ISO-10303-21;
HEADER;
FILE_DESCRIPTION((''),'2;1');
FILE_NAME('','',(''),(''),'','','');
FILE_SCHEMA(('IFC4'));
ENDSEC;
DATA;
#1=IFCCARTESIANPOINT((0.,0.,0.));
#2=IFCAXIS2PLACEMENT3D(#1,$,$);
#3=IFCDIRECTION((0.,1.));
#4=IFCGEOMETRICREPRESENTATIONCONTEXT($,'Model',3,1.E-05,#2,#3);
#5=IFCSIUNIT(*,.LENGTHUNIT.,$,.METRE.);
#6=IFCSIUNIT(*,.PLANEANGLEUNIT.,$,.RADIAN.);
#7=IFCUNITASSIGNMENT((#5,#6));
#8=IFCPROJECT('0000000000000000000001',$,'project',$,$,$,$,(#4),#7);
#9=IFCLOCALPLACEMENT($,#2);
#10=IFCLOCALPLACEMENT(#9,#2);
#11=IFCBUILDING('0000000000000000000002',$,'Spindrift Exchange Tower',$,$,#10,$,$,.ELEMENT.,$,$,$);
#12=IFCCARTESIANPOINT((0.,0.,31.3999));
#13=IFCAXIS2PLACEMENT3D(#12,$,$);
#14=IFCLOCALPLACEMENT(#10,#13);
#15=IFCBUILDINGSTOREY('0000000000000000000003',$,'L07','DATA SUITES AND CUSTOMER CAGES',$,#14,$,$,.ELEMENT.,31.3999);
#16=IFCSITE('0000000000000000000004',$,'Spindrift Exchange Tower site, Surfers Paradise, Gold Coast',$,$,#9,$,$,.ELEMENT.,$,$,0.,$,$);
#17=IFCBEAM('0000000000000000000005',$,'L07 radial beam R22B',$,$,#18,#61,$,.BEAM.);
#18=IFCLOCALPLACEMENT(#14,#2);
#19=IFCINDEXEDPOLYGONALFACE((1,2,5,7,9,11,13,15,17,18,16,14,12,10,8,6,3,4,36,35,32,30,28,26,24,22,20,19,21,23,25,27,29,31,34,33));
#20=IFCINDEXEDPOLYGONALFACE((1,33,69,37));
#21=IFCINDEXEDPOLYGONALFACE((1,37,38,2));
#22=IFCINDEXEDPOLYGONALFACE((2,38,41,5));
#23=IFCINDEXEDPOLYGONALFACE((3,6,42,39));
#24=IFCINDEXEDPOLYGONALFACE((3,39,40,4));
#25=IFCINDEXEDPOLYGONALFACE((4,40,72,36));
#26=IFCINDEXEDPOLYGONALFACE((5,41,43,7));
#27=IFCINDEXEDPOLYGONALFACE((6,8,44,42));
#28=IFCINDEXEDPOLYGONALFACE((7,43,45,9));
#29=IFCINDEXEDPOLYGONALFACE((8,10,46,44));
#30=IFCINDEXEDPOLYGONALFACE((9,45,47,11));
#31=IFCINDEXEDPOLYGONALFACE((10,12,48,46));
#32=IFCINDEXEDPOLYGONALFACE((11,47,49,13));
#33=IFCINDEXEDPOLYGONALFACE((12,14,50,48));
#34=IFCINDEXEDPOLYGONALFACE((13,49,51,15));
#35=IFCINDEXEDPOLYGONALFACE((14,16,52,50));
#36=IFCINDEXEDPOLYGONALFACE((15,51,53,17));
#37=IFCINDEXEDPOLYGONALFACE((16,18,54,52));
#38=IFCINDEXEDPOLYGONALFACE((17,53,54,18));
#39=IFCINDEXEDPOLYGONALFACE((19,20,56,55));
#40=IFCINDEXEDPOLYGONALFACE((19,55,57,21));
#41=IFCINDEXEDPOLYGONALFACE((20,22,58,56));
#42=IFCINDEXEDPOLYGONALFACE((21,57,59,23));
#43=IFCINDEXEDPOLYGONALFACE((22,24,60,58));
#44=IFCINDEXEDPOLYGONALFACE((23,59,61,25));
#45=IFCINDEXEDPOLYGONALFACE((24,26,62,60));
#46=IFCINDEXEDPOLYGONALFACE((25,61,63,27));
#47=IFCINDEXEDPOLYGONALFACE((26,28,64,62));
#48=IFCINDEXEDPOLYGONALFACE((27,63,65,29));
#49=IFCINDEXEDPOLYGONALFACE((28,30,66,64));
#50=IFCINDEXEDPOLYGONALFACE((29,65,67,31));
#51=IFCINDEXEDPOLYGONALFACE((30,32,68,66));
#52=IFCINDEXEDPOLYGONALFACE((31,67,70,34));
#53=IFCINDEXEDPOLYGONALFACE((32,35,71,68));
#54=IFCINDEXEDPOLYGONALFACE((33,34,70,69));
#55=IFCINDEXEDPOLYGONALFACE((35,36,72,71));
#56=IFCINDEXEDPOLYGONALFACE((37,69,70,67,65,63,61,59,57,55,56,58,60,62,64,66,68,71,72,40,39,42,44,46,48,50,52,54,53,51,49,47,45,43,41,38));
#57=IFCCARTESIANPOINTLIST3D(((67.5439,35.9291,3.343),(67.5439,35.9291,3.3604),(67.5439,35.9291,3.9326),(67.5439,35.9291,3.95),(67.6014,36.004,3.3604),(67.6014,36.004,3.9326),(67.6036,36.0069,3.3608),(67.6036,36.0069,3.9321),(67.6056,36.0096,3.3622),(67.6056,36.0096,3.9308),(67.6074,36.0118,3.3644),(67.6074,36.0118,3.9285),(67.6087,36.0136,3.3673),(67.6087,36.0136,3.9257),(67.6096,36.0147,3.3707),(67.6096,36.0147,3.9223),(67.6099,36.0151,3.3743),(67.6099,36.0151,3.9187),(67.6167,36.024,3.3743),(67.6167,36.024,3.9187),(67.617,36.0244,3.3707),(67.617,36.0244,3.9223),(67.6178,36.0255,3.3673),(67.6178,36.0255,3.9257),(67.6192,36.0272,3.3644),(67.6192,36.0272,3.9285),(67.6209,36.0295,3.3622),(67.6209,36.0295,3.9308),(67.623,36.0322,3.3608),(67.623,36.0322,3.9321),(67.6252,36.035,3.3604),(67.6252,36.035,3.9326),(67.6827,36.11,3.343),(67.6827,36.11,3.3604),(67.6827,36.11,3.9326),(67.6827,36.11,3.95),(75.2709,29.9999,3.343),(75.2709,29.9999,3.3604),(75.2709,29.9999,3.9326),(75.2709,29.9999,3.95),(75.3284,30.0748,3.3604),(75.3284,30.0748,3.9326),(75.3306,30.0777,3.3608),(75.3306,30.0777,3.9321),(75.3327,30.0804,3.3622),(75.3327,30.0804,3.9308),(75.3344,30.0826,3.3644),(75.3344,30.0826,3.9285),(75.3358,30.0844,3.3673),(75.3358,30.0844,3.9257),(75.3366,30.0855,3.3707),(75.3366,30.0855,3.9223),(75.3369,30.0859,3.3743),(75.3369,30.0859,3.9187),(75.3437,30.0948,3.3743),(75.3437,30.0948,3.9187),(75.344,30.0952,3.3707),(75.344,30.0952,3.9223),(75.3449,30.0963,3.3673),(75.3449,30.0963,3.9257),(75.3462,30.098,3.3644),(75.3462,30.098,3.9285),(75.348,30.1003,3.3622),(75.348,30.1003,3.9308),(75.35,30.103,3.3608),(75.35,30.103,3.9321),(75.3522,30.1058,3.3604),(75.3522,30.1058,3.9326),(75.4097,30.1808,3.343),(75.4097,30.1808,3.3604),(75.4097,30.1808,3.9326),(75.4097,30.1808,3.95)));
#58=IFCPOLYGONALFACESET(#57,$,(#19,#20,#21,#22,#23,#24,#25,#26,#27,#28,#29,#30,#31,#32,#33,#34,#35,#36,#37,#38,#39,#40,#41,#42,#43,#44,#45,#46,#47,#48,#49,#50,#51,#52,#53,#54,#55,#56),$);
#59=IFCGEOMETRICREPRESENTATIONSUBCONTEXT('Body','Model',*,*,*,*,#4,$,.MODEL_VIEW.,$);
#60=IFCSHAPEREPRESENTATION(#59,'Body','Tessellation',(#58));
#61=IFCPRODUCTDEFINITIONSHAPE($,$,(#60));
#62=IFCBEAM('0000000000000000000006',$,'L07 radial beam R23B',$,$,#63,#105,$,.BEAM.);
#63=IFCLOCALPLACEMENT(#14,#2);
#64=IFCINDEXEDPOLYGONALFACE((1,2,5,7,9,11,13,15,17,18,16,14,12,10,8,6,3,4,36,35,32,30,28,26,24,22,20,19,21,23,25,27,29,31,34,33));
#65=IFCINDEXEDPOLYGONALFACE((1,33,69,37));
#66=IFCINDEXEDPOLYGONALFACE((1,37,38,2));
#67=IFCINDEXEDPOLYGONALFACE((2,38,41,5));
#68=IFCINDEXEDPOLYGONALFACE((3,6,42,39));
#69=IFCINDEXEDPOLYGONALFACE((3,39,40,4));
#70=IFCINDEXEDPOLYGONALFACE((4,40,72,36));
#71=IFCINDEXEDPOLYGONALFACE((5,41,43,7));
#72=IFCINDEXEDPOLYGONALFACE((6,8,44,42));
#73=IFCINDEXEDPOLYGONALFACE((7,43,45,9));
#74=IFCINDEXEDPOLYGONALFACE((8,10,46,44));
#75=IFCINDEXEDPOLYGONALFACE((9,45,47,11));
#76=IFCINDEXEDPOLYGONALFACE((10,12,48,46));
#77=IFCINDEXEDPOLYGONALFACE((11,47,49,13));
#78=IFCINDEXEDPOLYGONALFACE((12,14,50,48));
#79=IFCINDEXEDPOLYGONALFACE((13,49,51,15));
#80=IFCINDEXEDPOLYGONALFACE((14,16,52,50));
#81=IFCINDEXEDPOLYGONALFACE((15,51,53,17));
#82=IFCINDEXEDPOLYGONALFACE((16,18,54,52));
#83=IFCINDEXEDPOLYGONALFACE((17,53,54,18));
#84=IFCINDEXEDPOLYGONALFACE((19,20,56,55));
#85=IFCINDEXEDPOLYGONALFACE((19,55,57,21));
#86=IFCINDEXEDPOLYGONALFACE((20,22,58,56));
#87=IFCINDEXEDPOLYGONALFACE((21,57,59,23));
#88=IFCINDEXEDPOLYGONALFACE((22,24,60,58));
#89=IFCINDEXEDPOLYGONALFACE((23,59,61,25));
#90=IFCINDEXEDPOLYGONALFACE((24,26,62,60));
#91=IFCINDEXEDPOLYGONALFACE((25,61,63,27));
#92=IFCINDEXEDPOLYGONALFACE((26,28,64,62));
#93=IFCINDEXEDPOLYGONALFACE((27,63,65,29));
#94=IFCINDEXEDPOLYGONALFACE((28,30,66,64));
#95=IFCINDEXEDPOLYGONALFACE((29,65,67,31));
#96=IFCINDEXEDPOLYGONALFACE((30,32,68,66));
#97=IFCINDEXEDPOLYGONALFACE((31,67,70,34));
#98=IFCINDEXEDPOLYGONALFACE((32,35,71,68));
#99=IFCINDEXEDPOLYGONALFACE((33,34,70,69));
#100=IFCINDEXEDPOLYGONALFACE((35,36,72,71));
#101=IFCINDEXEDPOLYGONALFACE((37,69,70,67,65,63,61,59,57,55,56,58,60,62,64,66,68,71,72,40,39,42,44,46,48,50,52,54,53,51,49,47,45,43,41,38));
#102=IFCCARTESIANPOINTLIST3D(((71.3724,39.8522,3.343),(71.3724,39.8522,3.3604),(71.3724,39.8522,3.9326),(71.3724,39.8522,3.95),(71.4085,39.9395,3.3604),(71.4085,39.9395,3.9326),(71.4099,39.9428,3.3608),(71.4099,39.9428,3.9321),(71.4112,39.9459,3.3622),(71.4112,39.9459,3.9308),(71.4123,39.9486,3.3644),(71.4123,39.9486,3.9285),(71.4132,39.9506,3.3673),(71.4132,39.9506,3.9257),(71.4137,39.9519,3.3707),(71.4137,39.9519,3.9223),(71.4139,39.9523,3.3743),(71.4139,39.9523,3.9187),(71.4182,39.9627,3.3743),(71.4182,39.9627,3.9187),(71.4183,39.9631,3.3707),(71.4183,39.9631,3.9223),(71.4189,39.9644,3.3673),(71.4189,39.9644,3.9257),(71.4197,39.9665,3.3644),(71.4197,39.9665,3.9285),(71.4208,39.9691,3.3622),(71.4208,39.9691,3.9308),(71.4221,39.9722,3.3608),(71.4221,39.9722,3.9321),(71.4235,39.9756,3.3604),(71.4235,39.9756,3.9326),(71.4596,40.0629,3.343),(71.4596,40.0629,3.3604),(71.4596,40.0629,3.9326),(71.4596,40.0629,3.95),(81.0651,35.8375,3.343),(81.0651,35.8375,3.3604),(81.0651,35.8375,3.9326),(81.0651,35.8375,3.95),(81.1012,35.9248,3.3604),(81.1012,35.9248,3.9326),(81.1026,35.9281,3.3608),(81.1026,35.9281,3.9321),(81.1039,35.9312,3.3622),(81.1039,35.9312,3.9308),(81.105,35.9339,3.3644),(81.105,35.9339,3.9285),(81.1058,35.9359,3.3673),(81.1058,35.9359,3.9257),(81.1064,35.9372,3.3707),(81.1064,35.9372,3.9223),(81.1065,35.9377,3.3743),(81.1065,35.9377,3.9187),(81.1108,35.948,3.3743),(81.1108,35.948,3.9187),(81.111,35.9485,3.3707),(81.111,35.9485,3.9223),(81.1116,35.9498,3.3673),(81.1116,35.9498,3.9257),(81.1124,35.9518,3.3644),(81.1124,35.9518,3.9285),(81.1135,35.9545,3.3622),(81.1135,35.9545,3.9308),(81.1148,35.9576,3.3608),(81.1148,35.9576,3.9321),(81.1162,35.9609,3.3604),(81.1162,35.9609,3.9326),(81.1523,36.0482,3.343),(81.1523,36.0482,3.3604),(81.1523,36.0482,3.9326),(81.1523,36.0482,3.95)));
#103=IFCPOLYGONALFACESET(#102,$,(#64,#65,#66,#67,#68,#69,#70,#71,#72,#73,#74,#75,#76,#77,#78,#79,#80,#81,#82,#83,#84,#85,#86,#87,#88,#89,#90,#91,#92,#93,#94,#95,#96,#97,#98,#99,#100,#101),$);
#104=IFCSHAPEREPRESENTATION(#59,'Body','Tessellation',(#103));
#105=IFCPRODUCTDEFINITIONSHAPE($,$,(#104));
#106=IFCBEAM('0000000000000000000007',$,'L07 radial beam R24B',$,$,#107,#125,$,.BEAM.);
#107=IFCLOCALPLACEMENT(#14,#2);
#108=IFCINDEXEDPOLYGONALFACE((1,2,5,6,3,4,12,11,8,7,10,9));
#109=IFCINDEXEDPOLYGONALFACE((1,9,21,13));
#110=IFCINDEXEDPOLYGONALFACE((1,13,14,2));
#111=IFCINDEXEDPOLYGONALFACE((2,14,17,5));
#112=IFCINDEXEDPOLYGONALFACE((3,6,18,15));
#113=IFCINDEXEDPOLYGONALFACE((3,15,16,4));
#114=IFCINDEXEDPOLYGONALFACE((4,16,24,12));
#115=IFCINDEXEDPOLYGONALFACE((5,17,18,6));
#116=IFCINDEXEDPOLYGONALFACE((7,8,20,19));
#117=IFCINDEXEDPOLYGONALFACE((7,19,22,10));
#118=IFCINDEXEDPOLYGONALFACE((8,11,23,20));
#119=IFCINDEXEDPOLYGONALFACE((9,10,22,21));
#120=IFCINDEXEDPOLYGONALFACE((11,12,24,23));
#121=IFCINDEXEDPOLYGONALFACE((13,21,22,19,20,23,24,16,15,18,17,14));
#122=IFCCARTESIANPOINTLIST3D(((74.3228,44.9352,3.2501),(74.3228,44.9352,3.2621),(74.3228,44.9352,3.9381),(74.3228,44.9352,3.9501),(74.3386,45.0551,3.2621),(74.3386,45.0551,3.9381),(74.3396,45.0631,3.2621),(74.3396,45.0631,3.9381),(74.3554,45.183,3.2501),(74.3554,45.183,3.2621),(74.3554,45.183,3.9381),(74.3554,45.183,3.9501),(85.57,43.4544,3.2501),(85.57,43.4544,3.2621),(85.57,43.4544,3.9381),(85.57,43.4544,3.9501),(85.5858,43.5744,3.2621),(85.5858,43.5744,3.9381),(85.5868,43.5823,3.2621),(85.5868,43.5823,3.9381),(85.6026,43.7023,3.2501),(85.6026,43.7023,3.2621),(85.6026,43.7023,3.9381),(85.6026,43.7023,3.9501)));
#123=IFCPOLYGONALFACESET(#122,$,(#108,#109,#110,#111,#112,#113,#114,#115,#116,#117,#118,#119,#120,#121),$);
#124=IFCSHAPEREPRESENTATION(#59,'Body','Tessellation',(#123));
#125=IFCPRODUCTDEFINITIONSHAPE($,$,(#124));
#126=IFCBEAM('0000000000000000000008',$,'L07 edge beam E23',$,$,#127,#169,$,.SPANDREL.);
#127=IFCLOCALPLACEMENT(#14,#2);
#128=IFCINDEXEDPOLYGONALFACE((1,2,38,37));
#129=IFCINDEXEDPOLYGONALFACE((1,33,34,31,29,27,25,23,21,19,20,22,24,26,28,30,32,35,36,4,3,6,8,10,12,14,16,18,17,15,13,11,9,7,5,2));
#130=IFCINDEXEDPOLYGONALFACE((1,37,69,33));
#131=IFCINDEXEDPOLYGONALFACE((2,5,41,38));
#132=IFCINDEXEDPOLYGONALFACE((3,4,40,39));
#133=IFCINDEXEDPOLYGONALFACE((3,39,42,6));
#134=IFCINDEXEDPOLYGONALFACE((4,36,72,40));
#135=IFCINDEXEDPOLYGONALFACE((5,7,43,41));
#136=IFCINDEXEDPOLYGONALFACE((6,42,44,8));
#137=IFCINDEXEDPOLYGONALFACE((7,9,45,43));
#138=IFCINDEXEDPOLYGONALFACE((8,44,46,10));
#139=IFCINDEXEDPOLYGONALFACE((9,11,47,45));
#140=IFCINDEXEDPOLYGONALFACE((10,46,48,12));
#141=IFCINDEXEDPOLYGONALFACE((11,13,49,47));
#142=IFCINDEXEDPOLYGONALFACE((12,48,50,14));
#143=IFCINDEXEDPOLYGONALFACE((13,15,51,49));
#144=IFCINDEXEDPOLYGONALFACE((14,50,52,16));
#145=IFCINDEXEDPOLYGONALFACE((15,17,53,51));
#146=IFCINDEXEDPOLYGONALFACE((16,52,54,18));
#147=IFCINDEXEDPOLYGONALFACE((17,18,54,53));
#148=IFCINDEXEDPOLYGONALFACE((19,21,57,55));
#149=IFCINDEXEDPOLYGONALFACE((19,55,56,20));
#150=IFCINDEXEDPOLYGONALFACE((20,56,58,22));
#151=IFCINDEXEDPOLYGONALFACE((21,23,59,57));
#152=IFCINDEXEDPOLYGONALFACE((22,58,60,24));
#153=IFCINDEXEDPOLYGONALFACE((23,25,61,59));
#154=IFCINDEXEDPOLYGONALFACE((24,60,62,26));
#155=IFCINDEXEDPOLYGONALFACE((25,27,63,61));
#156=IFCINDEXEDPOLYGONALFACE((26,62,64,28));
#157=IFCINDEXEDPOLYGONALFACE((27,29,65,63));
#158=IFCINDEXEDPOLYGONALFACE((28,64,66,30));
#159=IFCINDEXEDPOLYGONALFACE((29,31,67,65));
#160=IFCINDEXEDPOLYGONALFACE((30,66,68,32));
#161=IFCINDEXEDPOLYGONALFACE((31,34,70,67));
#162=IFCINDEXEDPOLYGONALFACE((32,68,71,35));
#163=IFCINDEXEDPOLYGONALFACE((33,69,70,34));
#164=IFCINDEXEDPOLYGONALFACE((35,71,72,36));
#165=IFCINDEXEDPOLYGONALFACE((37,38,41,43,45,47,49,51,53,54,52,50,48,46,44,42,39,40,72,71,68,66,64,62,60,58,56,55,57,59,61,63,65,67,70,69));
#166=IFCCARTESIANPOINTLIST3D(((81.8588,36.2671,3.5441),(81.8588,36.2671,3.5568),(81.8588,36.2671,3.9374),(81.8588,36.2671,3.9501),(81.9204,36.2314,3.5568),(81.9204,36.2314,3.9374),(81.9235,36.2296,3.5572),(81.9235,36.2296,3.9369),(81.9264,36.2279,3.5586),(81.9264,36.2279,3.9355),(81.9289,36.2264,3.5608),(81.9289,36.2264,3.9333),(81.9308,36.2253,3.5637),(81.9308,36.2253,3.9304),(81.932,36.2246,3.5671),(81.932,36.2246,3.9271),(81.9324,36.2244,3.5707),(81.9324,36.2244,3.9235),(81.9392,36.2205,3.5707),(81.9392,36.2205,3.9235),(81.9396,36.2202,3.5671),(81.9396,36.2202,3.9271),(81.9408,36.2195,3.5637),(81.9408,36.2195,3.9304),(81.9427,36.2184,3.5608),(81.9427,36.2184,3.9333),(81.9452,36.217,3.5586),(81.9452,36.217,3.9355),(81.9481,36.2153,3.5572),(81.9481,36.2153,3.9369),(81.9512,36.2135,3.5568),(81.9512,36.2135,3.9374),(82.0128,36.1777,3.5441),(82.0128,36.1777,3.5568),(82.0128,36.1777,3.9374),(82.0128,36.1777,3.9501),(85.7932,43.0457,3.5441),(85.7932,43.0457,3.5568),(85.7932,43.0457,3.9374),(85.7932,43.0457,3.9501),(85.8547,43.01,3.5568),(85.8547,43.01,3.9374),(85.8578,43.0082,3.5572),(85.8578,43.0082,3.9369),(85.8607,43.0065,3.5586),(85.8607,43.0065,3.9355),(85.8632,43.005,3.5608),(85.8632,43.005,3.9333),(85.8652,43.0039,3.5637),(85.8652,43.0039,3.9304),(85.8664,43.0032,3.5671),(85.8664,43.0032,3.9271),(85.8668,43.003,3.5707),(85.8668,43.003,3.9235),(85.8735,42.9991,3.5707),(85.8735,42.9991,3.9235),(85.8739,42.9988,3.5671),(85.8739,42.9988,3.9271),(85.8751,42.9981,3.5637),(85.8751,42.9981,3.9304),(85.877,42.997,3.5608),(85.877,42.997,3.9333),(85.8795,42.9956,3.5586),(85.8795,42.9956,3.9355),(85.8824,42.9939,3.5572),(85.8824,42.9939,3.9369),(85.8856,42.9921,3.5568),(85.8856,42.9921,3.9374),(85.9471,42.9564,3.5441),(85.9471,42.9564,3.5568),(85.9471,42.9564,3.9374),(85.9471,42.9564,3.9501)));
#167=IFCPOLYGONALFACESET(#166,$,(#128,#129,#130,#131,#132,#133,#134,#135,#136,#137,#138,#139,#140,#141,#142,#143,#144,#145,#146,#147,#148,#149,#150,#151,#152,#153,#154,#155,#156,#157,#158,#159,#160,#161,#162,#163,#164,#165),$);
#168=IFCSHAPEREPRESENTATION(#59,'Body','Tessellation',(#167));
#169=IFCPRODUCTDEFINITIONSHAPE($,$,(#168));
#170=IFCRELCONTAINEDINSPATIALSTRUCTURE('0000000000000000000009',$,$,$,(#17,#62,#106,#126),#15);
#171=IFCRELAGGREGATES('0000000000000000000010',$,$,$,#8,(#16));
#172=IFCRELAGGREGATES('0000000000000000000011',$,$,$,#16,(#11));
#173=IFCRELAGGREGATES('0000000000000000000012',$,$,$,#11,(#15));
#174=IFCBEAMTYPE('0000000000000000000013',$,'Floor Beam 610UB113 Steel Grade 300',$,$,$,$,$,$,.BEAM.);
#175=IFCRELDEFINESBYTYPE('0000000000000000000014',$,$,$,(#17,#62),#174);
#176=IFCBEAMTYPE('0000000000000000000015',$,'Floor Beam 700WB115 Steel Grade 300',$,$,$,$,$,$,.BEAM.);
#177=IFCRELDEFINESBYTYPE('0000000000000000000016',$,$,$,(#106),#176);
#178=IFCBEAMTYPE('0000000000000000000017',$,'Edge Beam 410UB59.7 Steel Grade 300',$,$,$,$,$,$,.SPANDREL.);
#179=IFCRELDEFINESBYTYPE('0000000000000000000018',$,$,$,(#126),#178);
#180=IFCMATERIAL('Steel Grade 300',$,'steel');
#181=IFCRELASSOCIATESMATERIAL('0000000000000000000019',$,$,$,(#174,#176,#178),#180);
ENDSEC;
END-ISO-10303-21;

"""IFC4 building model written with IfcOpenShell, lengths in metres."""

from ifc_helpers import new_model, si_unit, direction, frame, origin, origin_2d, place, context, subcontext, project, spatial, i_section, extrude, source, transform, mapped, material, material_profile, profile_set, type_object, element, save


model = new_model("IFC4")

# Units and contexts
model_context = context("Model", 3, precision=1e-05, world=origin(), true_north=direction((0.0, 1.0)))
body_context = subcontext(model_context, "Body", "Model", "MODEL_VIEW")
ifc_project = project(units=[si_unit("LENGTHUNIT", "METRE"), si_unit("PLANEANGLEUNIT", "RADIAN")], contexts=[model_context])

# Site, building, storey
site_placement = place(None, origin())
site = spatial("IfcSite", under=ifc_project, at=site_placement, Name="Spindrift Exchange Tower site, Surfers Paradise, Gold Coast", CompositionType="ELEMENT", RefElevation=0.0)
building_placement = place(site_placement, origin())
building = spatial("IfcBuilding", under=site, at=building_placement, Name="Spindrift Exchange Tower", CompositionType="ELEMENT")
storey_placement = place(building_placement, frame((0.0, 0.0, 31.3999)))
storey = spatial("IfcBuildingStorey", under=building, at=storey_placement, Name="L07", Description="DATA SUITES AND CUSTOMER CAGES", CompositionType="ELEMENT", Elevation=31.3999)

# Beams
ifc_material_1 = material(Name="Steel Grade 300", Category="steel")
ifc_material_profile_1 = material_profile(ifc_material_1, i_section(OverallWidth=0.228, OverallDepth=0.6069, WebThickness=0.0112, FlangeThickness=0.0173, FilletRadius=0.0139, at=origin_2d()), Name="610UB113")
ifc_profile_set_1 = profile_set([ifc_material_profile_1], Name="Steel Grade 300")
beam_type_1 = type_object("IfcBeamType", Name="Floor Beam 610UB113 Steel Grade 300", PredefinedType="BEAM", material=ifc_profile_set_1)
shared_shape_1 = source(origin(), body_context, "Body", "SweptSolid", [
    extrude(i_section(OverallWidth=0.228, OverallDepth=0.6069, WebThickness=0.0112, FlangeThickness=0.0173, FilletRadius=0.0139, at=origin_2d()), origin(), (0.0, 0.0, 1.0), 9.7397),
])
beam_1_placement = place(storey_placement, frame((67.6133, 36.0195, 3.6465), z_axis=(0.793352, -0.608763, 0.0), x_axis=(0.608763, 0.793352, 0.0)))
element("IfcBeam", 1, at=beam_1_placement, inside=storey, type_object=beam_type_1, Name="L07 radial beam R22B", PredefinedType="BEAM", context=body_context, shape_type="MappedRepresentation", body=[
    mapped(shared_shape_1, transform((0.0, 0.0, 0.0), scale=1.0)),
])
shared_shape_2 = source(origin(), body_context, "Body", "SweptSolid", [
    extrude(i_section(OverallWidth=0.228, OverallDepth=0.6069, WebThickness=0.0112, FlangeThickness=0.0173, FilletRadius=0.0139, at=origin_2d()), origin(), (0.0, 0.0, 1.0), 10.4912),
])
beam_2_placement = place(storey_placement, frame((71.416, 39.9575, 3.6465), z_axis=(0.923885, -0.38267, 0.0), x_axis=(0.38267, 0.923885, 0.0)))
element("IfcBeam", 2, at=beam_2_placement, inside=storey, type_object=beam_type_1, Name="L07 radial beam R23B", PredefinedType="BEAM", context=body_context, shape_type="MappedRepresentation", body=[
    mapped(shared_shape_2, transform((0.0, 0.0, 0.0), scale=1.0)),
])
ifc_material_profile_2 = material_profile(ifc_material_1, i_section(OverallWidth=0.25, OverallDepth=0.7, WebThickness=0.0081, FlangeThickness=0.012, at=origin_2d()), Name="700WB115")
ifc_profile_set_2 = profile_set([ifc_material_profile_2], Name="Steel Grade 300")
beam_type_2 = type_object("IfcBeamType", Name="Floor Beam 700WB115 Steel Grade 300", PredefinedType="BEAM", material=ifc_profile_set_2)
shared_shape_3 = source(origin(), body_context, "Body", "SweptSolid", [
    extrude(i_section(OverallWidth=0.25, OverallDepth=0.7, WebThickness=0.0081, FlangeThickness=0.012, at=origin_2d()), origin(), (0.0, 0.0, 1.0), 11.3442),
])
beam_3_placement = place(storey_placement, frame((74.3391, 45.0591, 3.6001), z_axis=(0.991445, -0.130527, 0.0), x_axis=(0.130527, 0.991445, 0.0)))
element("IfcBeam", 3, at=beam_3_placement, inside=storey, type_object=beam_type_2, Name="L07 radial beam R24B", PredefinedType="BEAM", context=body_context, shape_type="MappedRepresentation", body=[
    mapped(shared_shape_3, transform((0.0, 0.0, 0.0), scale=1.0)),
])
ifc_material_profile_3 = material_profile(ifc_material_1, i_section(OverallWidth=0.178, OverallDepth=0.406, WebThickness=0.0078, FlangeThickness=0.0127, FilletRadius=0.0139, at=origin_2d()), Name="410UB59.7")
ifc_profile_set_3 = profile_set([ifc_material_profile_3], Name="Steel Grade 300")
beam_type_3 = type_object("IfcBeamType", Name="Edge Beam 410UB59.7 Steel Grade 300", PredefinedType="SPANDREL", material=ifc_profile_set_3)
shared_shape_4 = source(origin(), body_context, "Body", "SweptSolid", [
    extrude(i_section(OverallWidth=0.178, OverallDepth=0.406, WebThickness=0.0078, FlangeThickness=0.0127, FilletRadius=0.0139, at=origin_2d()), origin(), (0.0, 0.0, 1.0), 7.8376),
])
beam_4_placement = place(storey_placement, frame((81.9358, 36.2224, 3.7471), z_axis=(0.501981, 0.864878, 0.0), x_axis=(-0.864878, 0.501981, 0.0)))
element("IfcBeam", 4, at=beam_4_placement, inside=storey, type_object=beam_type_3, Name="L07 edge beam E23", PredefinedType="SPANDREL", context=body_context, shape_type="MappedRepresentation", body=[
    mapped(shared_shape_4, transform((0.0, 0.0, 0.0), scale=1.0)),
])

save(model, "model.ifc")
